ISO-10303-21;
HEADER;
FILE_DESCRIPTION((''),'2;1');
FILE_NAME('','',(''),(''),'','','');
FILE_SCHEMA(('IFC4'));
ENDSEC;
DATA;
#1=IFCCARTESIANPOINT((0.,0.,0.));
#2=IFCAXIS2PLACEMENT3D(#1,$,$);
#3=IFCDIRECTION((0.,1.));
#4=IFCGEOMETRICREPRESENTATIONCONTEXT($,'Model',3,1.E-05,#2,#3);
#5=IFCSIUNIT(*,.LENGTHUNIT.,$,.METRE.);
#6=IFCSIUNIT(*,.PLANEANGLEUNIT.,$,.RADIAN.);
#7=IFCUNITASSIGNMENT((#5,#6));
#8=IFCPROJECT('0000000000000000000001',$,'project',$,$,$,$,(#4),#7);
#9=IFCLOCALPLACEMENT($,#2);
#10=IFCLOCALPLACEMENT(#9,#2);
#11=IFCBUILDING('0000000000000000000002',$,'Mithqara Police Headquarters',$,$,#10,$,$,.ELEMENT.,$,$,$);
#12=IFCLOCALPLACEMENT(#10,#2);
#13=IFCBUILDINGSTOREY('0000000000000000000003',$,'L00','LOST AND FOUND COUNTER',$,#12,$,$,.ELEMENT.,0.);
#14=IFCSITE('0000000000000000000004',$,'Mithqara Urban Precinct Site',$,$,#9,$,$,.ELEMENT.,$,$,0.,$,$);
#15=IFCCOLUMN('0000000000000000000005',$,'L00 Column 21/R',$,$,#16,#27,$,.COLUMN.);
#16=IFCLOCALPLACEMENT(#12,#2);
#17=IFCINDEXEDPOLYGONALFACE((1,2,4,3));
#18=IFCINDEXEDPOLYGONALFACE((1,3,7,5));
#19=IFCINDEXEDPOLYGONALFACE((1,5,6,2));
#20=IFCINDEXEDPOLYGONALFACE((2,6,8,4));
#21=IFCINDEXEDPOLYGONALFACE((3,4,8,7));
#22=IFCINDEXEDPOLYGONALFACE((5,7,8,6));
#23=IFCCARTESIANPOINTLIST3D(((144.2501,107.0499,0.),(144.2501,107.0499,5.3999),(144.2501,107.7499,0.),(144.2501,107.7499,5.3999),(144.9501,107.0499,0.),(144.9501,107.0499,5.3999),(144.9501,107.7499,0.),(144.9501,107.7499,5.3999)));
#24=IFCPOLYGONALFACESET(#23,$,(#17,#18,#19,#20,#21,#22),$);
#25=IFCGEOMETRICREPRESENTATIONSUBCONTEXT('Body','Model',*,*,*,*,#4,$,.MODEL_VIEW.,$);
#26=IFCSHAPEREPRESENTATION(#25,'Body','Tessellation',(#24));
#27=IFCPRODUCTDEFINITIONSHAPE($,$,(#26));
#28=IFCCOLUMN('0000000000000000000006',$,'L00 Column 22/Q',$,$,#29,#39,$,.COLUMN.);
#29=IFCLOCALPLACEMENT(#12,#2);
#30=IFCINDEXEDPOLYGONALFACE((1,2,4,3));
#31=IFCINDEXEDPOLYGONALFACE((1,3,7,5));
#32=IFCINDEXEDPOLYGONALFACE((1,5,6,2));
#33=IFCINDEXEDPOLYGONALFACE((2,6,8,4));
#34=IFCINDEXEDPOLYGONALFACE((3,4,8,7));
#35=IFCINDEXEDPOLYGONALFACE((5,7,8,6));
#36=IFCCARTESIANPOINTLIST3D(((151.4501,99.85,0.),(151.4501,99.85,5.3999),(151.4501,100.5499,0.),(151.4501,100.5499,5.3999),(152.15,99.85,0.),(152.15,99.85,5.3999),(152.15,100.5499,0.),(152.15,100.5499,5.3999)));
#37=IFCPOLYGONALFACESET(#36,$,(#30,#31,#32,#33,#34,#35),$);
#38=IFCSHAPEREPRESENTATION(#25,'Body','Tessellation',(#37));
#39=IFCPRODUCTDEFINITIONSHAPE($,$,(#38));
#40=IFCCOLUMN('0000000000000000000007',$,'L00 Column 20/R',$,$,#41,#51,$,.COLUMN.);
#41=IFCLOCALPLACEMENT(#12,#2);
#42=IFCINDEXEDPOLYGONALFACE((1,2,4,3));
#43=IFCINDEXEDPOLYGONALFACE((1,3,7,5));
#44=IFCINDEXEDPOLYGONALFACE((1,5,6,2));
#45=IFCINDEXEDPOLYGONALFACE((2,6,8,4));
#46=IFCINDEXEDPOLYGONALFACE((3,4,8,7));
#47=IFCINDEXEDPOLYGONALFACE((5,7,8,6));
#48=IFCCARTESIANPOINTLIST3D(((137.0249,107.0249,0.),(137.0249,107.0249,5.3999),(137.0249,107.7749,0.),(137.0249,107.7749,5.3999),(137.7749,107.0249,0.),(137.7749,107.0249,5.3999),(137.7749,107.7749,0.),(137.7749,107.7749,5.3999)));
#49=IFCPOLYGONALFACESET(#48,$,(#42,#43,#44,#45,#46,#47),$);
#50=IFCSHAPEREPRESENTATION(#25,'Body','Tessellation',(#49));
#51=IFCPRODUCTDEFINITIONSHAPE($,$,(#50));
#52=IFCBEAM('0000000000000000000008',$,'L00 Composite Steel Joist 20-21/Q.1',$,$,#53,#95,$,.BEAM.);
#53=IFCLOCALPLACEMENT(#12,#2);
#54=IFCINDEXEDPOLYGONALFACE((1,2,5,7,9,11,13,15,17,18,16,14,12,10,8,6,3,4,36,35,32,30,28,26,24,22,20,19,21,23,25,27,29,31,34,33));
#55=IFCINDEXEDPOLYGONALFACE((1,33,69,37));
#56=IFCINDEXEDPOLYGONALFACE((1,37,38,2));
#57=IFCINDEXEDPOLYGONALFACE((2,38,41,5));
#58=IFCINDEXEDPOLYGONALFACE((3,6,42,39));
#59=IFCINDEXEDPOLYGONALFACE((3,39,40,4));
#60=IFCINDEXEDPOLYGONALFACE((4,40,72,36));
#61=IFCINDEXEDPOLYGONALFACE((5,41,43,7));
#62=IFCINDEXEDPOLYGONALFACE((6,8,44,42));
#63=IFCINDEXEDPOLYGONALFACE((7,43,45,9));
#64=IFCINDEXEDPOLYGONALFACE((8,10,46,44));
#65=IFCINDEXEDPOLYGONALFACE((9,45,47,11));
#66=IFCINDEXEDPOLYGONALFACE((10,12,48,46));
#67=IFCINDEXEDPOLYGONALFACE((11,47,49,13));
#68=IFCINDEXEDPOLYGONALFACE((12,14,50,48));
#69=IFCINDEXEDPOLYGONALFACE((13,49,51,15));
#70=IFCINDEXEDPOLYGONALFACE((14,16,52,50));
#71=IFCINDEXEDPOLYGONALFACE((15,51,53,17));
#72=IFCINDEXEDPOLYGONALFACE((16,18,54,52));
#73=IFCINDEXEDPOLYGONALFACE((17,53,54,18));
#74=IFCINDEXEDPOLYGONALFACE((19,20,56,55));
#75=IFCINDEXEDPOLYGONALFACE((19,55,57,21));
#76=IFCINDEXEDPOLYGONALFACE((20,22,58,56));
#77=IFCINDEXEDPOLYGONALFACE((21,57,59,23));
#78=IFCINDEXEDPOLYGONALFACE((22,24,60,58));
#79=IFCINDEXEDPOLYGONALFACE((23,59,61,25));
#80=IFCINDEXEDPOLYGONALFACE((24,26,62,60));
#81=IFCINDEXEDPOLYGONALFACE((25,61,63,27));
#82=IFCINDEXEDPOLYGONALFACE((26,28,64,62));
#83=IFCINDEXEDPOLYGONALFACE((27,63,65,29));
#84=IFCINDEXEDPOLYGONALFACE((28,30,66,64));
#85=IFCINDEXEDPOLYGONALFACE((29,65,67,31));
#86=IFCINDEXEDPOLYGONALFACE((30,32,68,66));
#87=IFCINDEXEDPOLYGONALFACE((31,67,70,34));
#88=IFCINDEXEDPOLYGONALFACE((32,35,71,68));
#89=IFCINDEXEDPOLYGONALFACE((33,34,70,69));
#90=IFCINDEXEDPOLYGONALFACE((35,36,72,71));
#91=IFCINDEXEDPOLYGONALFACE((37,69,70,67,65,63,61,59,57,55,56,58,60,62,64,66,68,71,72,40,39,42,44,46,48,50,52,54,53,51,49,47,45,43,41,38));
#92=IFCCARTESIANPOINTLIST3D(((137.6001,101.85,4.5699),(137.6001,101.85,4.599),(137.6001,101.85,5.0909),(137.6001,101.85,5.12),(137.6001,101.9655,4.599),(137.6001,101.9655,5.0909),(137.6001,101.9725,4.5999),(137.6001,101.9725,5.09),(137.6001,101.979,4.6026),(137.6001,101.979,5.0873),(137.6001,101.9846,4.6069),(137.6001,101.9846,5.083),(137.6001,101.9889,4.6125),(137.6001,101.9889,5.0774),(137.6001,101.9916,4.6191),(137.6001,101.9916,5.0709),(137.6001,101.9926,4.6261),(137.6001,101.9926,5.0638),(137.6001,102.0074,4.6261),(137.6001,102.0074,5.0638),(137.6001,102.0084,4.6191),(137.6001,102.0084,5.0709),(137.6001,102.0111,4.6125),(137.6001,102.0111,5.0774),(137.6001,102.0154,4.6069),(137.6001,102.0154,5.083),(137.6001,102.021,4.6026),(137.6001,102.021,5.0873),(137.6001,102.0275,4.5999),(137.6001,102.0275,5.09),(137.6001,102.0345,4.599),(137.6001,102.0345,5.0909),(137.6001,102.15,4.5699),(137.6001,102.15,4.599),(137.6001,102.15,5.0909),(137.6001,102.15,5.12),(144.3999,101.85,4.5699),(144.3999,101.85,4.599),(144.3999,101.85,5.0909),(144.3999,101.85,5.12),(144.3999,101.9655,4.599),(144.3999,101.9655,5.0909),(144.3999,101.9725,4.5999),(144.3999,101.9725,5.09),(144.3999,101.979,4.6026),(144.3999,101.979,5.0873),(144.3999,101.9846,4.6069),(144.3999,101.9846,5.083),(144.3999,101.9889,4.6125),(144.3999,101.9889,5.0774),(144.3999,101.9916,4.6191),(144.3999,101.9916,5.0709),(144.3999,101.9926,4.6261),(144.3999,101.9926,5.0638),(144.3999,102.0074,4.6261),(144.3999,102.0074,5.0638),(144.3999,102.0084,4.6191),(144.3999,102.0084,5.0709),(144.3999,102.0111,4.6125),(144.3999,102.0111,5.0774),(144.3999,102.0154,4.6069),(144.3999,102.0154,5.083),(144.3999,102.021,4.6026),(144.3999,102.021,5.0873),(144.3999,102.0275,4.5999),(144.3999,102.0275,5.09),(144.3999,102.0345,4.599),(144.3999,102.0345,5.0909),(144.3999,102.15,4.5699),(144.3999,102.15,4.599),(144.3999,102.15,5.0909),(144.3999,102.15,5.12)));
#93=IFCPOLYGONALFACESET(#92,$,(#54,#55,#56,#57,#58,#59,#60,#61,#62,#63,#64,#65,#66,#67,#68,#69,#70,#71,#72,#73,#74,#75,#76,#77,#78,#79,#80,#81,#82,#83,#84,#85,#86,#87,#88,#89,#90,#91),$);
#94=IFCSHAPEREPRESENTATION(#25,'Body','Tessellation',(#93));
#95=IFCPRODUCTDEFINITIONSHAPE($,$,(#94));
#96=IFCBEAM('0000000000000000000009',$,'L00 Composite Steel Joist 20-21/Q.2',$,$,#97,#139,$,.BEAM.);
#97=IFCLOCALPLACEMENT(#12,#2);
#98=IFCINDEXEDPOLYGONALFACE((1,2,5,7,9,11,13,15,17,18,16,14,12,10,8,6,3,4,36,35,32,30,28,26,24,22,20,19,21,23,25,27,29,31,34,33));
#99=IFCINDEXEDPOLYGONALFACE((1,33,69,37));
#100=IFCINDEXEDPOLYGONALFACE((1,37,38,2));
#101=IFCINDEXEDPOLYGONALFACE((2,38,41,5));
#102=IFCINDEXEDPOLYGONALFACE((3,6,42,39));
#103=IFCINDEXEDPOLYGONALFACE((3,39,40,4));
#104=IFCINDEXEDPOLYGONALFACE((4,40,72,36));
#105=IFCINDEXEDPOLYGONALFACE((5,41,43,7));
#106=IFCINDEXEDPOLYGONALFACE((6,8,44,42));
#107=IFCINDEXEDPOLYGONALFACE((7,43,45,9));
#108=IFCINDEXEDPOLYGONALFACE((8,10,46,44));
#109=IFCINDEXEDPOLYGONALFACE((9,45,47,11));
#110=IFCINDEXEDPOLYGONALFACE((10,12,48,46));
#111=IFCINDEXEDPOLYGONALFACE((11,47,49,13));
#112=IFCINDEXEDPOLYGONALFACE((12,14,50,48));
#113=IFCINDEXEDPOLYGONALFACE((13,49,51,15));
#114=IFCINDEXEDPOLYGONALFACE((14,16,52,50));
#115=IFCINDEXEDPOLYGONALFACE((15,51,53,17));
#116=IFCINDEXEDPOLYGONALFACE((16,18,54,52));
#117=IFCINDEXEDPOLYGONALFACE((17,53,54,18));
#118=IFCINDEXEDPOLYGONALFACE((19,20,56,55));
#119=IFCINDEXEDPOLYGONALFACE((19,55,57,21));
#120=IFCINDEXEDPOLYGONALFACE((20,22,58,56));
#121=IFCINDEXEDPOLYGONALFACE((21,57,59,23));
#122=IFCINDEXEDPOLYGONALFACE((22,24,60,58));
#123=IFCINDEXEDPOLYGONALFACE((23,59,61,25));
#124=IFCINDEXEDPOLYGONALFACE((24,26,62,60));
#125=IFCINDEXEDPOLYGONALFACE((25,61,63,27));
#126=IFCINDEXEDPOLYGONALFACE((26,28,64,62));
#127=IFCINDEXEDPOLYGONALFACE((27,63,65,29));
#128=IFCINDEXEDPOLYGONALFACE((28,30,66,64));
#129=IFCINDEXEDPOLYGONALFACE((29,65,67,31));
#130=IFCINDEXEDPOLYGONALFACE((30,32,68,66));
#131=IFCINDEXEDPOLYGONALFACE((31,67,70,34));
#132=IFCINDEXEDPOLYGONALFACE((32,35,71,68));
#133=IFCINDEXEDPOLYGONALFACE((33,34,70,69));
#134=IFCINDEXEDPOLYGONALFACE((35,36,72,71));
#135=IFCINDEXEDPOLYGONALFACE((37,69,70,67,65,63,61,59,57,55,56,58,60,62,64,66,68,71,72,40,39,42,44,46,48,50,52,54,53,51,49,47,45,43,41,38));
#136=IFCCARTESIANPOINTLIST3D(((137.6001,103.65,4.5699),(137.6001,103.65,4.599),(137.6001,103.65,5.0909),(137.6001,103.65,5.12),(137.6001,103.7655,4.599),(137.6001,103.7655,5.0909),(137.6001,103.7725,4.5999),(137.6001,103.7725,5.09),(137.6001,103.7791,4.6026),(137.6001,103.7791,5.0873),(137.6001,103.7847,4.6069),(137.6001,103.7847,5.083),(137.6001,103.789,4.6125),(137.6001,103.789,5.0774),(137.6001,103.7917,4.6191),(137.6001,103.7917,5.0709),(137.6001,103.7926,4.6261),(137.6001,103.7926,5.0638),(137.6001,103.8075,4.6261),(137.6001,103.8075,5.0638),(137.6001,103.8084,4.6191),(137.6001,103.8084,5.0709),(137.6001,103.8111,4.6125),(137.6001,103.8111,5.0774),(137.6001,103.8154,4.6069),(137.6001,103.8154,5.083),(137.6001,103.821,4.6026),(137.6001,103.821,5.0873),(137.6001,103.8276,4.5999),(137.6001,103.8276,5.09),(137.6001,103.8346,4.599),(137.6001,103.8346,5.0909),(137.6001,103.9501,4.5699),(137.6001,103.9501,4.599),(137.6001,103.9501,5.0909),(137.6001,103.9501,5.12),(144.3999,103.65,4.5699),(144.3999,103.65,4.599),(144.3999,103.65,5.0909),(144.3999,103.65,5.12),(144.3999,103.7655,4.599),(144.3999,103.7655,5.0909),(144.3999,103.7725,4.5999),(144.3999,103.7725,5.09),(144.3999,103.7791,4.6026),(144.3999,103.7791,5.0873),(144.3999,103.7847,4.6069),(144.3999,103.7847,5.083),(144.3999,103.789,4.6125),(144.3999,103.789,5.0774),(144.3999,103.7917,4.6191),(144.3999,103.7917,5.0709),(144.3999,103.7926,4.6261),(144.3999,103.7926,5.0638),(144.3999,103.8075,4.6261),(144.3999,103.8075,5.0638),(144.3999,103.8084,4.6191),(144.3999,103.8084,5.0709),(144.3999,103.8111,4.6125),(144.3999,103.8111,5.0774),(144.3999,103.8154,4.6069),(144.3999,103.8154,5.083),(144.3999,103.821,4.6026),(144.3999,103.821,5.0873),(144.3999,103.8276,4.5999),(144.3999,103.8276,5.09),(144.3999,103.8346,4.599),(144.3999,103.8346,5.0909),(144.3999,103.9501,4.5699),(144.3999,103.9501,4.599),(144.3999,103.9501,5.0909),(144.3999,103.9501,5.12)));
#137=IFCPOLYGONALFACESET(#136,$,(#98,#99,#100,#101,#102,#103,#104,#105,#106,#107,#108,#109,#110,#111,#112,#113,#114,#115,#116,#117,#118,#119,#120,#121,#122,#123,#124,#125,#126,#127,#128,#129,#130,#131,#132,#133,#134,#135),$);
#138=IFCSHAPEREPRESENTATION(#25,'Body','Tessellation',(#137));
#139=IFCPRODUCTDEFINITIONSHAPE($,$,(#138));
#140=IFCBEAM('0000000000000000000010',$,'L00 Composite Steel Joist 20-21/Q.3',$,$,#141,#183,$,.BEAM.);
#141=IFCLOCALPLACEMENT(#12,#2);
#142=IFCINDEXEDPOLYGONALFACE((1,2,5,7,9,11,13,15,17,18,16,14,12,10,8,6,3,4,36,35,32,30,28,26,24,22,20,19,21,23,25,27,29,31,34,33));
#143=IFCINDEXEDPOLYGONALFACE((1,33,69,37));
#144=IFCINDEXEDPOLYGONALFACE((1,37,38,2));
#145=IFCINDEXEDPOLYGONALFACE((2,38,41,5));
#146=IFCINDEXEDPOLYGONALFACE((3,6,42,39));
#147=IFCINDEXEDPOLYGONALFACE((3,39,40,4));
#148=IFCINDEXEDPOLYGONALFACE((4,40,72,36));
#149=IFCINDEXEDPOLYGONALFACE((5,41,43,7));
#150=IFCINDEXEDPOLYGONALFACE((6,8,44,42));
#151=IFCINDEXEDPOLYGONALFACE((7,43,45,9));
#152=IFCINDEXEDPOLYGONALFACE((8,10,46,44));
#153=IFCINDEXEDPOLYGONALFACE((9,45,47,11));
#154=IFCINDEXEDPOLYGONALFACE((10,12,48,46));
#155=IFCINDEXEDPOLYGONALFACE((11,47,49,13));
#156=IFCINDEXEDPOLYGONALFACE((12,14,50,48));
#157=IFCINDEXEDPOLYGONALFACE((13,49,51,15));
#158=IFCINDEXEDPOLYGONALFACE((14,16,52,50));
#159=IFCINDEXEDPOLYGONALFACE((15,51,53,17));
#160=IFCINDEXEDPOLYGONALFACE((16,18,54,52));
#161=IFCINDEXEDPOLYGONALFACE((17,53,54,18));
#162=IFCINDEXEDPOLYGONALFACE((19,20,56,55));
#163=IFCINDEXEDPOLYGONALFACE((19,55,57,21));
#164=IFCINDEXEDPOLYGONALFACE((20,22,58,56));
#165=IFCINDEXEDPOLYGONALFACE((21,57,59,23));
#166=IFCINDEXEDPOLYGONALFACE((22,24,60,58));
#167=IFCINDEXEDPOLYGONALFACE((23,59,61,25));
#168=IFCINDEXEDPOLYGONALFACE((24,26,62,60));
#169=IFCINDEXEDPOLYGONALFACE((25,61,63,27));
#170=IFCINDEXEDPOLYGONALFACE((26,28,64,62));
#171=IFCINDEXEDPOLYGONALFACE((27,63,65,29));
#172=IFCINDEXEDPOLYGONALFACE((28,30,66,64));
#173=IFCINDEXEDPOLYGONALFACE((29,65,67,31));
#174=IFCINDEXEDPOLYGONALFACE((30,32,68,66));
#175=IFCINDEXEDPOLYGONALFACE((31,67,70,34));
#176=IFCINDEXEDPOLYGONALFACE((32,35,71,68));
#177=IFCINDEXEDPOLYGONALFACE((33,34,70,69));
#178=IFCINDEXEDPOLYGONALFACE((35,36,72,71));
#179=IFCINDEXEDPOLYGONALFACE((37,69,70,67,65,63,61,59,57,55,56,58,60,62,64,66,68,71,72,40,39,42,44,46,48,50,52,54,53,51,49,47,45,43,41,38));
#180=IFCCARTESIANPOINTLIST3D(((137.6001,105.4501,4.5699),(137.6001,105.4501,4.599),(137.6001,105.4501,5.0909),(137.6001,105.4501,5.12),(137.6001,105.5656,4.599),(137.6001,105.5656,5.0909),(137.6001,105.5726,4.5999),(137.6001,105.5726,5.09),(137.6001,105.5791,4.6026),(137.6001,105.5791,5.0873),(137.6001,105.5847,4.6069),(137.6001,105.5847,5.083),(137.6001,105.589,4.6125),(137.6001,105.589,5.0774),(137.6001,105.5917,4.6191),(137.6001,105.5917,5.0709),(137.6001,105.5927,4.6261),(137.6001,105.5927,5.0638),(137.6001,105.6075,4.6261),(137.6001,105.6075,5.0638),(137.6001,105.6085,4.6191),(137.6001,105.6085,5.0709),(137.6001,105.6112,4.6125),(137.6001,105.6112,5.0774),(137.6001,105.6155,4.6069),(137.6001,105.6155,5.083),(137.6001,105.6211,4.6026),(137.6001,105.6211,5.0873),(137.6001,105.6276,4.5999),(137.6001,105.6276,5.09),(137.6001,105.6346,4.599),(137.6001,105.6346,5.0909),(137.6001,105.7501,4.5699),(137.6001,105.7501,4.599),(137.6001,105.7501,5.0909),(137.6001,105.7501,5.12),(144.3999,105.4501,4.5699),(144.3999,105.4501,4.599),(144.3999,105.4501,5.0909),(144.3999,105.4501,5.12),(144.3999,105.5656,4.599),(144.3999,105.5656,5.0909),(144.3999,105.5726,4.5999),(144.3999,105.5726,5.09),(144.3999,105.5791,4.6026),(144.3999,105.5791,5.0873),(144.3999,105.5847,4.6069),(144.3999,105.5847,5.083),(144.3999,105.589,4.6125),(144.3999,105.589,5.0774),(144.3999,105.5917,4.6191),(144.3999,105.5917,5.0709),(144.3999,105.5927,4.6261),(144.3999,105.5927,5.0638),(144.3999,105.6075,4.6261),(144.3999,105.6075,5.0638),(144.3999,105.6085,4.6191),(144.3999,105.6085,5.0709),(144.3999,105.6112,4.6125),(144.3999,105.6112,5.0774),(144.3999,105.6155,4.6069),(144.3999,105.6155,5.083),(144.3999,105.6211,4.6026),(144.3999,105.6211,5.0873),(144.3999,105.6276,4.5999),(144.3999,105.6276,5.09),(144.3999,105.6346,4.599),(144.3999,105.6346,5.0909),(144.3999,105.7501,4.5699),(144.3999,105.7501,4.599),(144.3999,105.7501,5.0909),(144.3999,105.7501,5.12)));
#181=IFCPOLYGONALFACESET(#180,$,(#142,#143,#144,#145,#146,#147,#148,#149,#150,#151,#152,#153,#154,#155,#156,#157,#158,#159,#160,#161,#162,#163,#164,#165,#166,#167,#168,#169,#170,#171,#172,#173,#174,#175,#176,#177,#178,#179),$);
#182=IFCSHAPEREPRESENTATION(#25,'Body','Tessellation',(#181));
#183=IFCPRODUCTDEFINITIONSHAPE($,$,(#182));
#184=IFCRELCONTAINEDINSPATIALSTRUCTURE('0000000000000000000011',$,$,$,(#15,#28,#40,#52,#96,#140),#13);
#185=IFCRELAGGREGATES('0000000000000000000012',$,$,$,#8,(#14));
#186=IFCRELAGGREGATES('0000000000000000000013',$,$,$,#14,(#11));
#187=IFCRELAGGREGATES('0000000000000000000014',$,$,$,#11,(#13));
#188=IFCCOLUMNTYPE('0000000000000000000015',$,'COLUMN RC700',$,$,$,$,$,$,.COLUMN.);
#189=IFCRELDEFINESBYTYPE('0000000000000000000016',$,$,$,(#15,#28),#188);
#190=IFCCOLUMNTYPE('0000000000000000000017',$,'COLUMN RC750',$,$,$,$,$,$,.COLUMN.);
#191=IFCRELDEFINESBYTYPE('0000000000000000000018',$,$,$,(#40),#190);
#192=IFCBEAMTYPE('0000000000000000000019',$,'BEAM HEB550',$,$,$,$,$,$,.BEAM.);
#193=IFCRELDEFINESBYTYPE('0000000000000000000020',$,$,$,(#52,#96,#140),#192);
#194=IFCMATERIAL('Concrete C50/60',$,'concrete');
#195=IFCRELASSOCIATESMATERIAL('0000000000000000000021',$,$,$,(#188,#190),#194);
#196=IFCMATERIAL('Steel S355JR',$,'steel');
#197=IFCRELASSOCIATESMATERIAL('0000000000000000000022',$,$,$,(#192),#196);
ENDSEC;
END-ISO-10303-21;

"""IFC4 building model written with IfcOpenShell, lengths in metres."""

from ifc_helpers import new_model, si_unit, direction, frame, origin, origin_2d, place, context, subcontext, project, spatial, rectangle, i_section, extrude, material, material_profile, profile_set, type_object, element, save


model = new_model("IFC4")

# Units and contexts
model_context = context("Model", 3, precision=1e-05, world=origin(), true_north=direction((0.0, 1.0)))
body_context = subcontext(model_context, "Body", "Model", "MODEL_VIEW")
ifc_project = project(units=[si_unit("LENGTHUNIT", "METRE"), si_unit("PLANEANGLEUNIT", "RADIAN")], contexts=[model_context])

# Site, building, storey
site_placement = place(None, origin())
site = spatial("IfcSite", under=ifc_project, at=site_placement, Name="Mithqara Urban Precinct Site", CompositionType="ELEMENT", RefElevation=0.0)
building_placement = place(site_placement, origin())
building = spatial("IfcBuilding", under=site, at=building_placement, Name="Mithqara Police Headquarters", CompositionType="ELEMENT")
storey_placement = place(building_placement, origin())
storey = spatial("IfcBuildingStorey", under=building, at=storey_placement, Name="L00", Description="LOST AND FOUND COUNTER", CompositionType="ELEMENT", Elevation=0.0)

# Columns
ifc_material_1 = material(Name="Concrete C50/60", Category="concrete")
ifc_material_profile_1 = material_profile(ifc_material_1, rectangle(XDim=0.7, YDim=0.7, at=origin_2d()), Name="RC 700x700")
ifc_profile_set_1 = profile_set([ifc_material_profile_1], Name="Concrete C50/60")
column_type_1 = type_object("IfcColumnType", Name="COLUMN RC700", PredefinedType="COLUMN", material=ifc_profile_set_1)
for number, where, z_axis, x_axis, name in (
    (1, (144.6001, 107.3999, 0.0), (0.0, 0.0, 1.0), (1.0, 0.0, 0.0), "L00 Column 21/R"),
    (2, (151.8, 100.2, 0.0), (0.0, 0.0, 1.0), (1.0, 0.0, 0.0), "L00 Column 22/Q"),
):
    element("IfcColumn", number, at=place(storey_placement, frame(where, z_axis=z_axis, x_axis=x_axis)), inside=storey, type_object=column_type_1, Name=name, PredefinedType="COLUMN", context=body_context, shape_type="SweptSolid", body=[
        extrude(rectangle(XDim=0.7, YDim=0.7, at=origin_2d()), origin(), (0.0, 0.0, 1.0), 5.3999),
    ])
ifc_material_profile_2 = material_profile(ifc_material_1, rectangle(XDim=0.75, YDim=0.75, at=origin_2d()), Name="RC 750x750")
ifc_profile_set_2 = profile_set([ifc_material_profile_2], Name="Concrete C50/60")
column_type_2 = type_object("IfcColumnType", Name="COLUMN RC750", PredefinedType="COLUMN", material=ifc_profile_set_2)
column_placement = place(storey_placement, frame((137.3999, 107.3999, 0.0), z_axis=(0.0, 0.0, 1.0), x_axis=(1.0, 0.0, 0.0)))
element("IfcColumn", 3, at=column_placement, inside=storey, type_object=column_type_2, Name="L00 Column 20/R", PredefinedType="COLUMN", context=body_context, shape_type="SweptSolid", body=[
    extrude(rectangle(XDim=0.75, YDim=0.75, at=origin_2d()), origin(), (0.0, 0.0, 1.0), 5.3999),
])

# Beams
ifc_material_2 = material(Name="Steel S355JR", Category="steel")
ifc_material_profile_3 = material_profile(ifc_material_2, i_section(OverallWidth=0.3, OverallDepth=0.55, WebThickness=0.0149, FlangeThickness=0.0291, FilletRadius=0.0271, at=origin_2d()), Name="HEB 550")
ifc_profile_set_3 = profile_set([ifc_material_profile_3], Name="Steel S355JR")
beam_type_1 = type_object("IfcBeamType", Name="BEAM HEB550", PredefinedType="BEAM", material=ifc_profile_set_3)
for number, where, z_axis, x_axis, name in (
    (4, (137.6001, 102.0, 4.845), (1.0, 0.0, 0.0), (0.0, 1.0, 0.0), "L00 Composite Steel Joist 20-21/Q.1"),
    (5, (137.6001, 103.8, 4.845), (1.0, 0.0, 0.0), (0.0, 1.0, 0.0), "L00 Composite Steel Joist 20-21/Q.2"),
    (6, (137.6001, 105.6001, 4.845), (1.0, 0.0, 0.0), (0.0, 1.0, 0.0), "L00 Composite Steel Joist 20-21/Q.3"),
):
    element("IfcBeam", number, at=place(storey_placement, frame(where, z_axis=z_axis, x_axis=x_axis)), inside=storey, type_object=beam_type_1, Name=name, PredefinedType="BEAM", context=body_context, shape_type="SweptSolid", body=[
        extrude(i_section(OverallWidth=0.3, OverallDepth=0.55, WebThickness=0.0149, FlangeThickness=0.0291, FilletRadius=0.0271, at=origin_2d()), origin(), (0.0, 0.0, 1.0), 6.7998),
    ])

save(model, "model.ifc")
